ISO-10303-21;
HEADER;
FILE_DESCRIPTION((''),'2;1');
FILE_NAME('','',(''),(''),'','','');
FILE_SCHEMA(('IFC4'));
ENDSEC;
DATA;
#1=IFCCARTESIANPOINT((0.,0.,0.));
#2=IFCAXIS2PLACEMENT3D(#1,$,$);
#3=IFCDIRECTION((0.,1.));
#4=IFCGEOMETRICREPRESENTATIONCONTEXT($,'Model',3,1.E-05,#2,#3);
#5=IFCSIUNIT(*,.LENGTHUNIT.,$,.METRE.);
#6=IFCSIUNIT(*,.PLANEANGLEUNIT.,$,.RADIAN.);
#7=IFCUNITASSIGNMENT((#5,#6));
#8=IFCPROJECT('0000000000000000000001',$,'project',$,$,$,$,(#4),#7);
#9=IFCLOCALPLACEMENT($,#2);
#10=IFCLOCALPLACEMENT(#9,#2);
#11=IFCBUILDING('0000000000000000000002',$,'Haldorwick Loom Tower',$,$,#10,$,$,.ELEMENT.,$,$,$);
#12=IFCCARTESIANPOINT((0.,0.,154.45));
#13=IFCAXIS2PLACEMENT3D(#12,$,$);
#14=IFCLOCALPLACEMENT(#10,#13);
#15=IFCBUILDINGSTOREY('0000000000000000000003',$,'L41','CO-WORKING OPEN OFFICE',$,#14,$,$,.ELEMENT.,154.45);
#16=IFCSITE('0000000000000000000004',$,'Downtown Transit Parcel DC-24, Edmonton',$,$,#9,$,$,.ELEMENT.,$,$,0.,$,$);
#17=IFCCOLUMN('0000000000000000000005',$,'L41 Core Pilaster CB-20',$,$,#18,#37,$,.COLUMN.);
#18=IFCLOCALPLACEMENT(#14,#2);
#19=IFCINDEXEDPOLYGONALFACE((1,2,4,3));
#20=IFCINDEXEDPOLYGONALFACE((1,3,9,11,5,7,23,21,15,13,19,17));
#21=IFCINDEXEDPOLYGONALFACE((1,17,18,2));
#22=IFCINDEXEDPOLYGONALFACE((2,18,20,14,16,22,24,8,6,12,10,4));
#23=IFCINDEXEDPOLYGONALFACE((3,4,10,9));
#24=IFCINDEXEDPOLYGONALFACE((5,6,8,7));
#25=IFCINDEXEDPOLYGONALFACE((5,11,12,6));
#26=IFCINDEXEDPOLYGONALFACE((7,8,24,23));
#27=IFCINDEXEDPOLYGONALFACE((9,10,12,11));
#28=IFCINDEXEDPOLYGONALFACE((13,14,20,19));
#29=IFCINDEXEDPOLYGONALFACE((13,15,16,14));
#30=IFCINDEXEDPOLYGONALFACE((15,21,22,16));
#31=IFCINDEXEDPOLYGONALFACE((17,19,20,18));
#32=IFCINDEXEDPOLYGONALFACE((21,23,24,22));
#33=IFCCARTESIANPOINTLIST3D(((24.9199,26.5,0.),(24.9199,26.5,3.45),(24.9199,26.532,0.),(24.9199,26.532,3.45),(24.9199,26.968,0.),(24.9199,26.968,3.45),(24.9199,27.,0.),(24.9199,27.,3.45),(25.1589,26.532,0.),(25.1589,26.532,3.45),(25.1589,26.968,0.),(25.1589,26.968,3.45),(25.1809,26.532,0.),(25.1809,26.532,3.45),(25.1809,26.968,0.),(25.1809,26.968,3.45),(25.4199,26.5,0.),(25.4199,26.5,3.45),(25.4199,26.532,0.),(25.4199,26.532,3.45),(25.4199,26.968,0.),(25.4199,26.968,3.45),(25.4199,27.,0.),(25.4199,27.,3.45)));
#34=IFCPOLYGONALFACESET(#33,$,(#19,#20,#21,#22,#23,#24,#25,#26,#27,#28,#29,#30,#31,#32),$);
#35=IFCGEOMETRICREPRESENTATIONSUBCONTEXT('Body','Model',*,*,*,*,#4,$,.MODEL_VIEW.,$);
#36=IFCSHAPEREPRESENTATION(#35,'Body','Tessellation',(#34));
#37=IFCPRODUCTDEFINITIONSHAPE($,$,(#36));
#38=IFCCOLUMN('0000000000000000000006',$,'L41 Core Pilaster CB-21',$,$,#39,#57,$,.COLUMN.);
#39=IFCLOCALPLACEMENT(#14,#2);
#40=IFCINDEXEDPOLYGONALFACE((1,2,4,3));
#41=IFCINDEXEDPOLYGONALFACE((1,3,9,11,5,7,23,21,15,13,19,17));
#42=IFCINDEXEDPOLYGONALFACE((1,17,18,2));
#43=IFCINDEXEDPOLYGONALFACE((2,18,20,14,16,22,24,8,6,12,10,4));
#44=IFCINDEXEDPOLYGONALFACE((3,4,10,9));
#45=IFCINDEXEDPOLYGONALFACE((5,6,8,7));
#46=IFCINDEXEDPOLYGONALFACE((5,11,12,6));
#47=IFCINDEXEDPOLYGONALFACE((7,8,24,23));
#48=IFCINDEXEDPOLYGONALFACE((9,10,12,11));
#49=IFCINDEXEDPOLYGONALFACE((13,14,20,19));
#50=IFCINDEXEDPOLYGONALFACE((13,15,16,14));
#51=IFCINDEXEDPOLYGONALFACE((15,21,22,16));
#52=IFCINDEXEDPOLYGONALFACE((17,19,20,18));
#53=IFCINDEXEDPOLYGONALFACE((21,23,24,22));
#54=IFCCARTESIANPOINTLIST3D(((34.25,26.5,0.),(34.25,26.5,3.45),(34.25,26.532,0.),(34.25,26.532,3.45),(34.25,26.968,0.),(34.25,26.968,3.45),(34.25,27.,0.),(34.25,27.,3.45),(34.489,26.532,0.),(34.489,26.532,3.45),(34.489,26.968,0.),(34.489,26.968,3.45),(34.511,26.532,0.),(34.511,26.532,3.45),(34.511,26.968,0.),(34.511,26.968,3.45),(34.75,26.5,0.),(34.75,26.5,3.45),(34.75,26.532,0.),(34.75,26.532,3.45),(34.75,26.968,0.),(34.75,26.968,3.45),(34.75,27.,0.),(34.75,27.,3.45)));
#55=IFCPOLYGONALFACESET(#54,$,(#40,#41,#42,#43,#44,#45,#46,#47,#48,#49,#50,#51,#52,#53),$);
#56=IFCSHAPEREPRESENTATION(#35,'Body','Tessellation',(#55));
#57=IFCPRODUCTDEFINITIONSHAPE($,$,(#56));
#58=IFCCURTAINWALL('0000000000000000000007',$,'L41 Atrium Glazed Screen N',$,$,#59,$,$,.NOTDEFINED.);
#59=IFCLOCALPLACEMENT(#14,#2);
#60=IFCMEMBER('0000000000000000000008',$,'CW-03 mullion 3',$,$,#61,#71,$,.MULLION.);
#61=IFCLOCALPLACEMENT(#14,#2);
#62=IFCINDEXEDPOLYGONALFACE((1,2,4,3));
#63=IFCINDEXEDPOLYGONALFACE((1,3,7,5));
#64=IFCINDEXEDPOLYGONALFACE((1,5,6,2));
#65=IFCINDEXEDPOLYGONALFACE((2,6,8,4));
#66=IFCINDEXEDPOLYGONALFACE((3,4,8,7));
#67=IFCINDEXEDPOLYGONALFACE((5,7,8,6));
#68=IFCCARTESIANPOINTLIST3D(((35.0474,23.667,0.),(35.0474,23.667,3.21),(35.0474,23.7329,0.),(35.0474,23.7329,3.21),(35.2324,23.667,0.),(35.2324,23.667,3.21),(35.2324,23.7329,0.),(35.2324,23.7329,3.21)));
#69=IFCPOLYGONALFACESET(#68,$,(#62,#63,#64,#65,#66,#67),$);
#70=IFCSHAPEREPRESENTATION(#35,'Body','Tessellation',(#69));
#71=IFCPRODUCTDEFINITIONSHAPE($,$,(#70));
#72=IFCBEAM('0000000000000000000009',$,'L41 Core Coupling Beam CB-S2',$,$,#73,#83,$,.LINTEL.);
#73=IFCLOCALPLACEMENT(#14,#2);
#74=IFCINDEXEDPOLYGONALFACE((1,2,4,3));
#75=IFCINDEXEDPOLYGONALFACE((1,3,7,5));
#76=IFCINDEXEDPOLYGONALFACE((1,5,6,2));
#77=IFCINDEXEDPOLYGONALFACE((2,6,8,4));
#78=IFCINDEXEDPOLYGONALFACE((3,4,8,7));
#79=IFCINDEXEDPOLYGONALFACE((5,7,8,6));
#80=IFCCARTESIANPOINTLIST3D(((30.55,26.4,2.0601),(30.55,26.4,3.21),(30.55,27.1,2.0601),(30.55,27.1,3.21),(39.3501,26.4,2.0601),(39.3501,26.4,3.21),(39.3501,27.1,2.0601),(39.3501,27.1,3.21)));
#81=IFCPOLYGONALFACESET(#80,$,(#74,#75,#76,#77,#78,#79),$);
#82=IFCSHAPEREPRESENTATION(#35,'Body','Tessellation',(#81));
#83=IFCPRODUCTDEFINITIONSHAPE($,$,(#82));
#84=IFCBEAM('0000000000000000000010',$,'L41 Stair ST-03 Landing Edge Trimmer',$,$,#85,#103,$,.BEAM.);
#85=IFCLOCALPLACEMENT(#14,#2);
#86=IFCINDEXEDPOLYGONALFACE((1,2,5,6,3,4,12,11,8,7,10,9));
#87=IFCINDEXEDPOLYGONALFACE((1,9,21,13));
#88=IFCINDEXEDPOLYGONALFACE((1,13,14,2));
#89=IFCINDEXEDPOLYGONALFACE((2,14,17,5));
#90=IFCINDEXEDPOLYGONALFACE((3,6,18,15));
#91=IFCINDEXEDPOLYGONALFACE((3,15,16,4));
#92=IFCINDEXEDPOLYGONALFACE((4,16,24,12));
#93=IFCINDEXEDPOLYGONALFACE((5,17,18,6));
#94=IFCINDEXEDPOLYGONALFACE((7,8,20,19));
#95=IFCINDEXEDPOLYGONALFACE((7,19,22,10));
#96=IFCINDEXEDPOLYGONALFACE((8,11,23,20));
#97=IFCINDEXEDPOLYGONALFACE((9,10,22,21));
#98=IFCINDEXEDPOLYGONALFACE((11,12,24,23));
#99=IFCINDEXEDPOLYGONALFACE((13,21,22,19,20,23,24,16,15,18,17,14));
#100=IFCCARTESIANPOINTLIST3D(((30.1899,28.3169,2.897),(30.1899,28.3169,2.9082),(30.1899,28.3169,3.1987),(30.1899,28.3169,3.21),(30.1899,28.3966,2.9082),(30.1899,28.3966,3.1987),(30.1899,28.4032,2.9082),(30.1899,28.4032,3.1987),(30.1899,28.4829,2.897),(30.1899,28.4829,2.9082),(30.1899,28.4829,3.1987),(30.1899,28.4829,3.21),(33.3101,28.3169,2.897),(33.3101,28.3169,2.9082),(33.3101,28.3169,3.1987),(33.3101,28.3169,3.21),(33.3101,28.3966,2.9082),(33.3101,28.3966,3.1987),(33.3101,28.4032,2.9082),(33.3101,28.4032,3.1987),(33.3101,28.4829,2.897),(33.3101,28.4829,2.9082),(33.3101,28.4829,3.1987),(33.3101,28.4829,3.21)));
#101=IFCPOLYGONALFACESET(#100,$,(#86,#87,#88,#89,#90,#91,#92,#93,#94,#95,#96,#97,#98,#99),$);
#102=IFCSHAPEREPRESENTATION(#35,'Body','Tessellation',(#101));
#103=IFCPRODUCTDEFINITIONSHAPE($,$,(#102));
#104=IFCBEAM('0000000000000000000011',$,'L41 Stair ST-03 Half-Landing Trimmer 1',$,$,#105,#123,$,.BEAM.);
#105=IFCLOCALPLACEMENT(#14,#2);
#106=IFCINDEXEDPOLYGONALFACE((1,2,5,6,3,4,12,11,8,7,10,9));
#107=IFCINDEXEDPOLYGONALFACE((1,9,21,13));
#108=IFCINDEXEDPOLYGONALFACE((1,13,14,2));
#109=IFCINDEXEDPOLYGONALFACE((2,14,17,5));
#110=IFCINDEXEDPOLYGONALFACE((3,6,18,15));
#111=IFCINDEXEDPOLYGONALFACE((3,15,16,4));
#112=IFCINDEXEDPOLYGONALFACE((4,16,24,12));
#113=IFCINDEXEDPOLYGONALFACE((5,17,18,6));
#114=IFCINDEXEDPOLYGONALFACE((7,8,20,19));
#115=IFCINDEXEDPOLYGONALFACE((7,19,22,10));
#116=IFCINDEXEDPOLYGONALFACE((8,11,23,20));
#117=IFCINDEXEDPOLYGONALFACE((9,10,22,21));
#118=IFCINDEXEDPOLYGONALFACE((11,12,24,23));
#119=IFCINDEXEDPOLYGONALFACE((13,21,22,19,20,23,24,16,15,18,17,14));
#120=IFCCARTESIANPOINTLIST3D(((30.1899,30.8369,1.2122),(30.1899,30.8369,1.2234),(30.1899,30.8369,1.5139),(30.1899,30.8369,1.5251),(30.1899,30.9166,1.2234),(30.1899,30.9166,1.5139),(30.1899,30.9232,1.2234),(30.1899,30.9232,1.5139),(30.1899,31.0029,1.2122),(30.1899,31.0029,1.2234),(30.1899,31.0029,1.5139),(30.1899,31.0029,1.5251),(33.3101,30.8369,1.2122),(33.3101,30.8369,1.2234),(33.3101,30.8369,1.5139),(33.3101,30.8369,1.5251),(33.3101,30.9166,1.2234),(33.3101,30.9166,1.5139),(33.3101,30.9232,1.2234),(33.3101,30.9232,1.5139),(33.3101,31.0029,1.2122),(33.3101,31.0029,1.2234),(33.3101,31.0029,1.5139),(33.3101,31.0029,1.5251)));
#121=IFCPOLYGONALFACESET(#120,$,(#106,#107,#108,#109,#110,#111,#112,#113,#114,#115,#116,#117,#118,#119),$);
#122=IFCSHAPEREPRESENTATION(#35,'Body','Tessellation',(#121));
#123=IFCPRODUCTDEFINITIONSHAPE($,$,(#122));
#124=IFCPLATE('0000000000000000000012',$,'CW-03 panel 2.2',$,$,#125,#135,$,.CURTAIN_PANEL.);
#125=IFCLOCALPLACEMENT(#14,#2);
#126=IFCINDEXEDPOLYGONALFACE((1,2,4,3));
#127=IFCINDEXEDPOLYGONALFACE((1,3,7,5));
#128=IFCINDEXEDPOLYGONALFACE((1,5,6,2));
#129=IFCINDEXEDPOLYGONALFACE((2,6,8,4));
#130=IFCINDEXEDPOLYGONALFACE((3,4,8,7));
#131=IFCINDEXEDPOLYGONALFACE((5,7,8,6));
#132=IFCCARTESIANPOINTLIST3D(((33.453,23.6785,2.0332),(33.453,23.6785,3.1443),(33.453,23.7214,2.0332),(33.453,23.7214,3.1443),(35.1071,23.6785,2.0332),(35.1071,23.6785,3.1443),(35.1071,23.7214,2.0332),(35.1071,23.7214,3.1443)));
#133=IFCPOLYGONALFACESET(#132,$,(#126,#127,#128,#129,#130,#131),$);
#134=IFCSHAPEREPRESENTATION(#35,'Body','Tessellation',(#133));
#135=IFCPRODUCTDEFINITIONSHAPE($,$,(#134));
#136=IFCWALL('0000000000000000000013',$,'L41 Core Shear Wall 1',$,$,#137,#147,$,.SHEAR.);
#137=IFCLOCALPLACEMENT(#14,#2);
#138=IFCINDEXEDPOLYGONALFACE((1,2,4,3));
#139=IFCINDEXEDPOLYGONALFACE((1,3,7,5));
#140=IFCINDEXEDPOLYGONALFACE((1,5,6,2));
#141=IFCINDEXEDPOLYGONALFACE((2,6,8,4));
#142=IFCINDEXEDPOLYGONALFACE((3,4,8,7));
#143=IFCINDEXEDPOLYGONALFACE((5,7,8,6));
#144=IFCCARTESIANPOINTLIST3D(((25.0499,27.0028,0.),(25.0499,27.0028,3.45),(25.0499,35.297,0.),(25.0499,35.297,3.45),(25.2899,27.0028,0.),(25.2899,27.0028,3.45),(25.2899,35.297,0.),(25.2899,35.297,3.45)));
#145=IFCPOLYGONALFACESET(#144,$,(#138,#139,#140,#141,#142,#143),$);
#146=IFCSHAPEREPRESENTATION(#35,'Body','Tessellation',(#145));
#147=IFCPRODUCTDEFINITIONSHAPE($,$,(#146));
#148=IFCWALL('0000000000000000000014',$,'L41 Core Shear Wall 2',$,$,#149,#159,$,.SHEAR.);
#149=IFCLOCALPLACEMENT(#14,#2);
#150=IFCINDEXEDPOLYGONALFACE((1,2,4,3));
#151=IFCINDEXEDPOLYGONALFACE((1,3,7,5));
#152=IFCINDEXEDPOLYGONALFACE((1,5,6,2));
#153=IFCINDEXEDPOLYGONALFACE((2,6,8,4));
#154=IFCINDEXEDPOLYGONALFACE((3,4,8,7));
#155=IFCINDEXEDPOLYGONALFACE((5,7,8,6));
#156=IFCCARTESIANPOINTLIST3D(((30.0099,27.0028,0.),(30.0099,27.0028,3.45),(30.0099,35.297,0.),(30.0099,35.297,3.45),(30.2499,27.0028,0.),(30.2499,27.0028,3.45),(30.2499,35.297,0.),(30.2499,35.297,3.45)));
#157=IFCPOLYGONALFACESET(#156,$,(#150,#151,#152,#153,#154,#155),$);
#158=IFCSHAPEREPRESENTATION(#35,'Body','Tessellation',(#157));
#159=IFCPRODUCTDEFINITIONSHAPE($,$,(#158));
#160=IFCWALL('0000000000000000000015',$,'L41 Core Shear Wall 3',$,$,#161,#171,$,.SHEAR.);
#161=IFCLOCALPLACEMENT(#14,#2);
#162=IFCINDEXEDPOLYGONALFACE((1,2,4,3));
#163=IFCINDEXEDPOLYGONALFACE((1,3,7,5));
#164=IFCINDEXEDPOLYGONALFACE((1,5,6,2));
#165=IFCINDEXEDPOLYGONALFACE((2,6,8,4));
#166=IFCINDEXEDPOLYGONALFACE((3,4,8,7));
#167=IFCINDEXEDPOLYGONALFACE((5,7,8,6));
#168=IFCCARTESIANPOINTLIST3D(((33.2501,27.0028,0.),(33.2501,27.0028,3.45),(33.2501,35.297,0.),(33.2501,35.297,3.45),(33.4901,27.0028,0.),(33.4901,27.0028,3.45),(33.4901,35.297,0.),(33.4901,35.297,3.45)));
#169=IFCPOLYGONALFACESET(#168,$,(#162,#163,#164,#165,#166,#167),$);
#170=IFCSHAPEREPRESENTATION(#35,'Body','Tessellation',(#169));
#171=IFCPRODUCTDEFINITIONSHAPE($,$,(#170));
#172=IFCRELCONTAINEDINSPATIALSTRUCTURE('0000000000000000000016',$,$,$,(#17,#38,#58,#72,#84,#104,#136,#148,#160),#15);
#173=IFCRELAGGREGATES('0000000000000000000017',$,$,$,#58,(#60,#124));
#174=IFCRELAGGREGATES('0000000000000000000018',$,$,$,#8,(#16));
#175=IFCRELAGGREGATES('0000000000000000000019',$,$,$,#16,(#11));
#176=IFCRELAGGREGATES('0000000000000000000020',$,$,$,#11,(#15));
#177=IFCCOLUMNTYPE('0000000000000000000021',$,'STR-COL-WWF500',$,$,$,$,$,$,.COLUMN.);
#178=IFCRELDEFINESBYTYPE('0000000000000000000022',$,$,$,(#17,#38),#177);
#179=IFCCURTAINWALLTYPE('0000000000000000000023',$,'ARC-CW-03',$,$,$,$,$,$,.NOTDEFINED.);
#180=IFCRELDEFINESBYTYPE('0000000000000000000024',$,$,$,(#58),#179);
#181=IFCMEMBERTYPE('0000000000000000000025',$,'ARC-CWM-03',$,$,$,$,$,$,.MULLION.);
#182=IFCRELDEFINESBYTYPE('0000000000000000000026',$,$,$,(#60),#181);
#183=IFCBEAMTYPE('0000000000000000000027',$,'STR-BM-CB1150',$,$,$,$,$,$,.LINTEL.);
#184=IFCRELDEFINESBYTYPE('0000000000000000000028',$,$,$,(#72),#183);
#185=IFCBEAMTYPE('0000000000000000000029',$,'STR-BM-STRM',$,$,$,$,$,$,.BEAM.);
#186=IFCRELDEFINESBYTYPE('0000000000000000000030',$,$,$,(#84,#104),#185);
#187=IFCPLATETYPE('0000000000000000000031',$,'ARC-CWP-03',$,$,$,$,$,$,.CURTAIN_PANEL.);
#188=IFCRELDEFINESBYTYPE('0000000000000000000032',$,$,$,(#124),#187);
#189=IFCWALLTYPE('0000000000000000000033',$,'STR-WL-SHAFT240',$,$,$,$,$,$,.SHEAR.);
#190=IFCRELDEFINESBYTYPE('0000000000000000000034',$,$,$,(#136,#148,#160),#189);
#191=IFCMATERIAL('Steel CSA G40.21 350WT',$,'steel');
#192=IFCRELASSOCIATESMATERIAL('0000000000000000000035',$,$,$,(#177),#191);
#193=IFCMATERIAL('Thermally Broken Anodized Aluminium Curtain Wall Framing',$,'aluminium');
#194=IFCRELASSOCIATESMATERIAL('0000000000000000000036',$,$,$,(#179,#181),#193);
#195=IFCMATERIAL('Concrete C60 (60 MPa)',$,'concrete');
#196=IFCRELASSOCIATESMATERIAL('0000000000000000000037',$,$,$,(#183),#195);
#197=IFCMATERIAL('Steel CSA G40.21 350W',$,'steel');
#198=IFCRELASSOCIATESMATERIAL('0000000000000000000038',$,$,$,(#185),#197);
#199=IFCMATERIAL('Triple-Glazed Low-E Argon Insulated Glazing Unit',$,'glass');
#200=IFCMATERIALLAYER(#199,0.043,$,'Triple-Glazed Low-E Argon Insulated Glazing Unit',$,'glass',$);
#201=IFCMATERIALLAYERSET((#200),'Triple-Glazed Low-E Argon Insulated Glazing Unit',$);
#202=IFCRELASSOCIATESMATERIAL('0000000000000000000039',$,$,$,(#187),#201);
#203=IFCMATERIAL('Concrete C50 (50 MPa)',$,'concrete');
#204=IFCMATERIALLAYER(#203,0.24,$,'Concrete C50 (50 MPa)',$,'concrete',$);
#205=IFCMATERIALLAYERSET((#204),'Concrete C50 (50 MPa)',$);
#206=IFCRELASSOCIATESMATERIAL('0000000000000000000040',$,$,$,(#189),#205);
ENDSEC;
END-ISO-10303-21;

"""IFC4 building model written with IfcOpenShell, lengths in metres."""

from ifc_helpers import new_model, si_unit, direction, frame, frame_2d, origin, origin_2d, place, context, subcontext, project, spatial, rectangle, i_section, extrude, material, layer, layer_set, material_profile, profile_set, type_object, element, aggregate, save


model = new_model("IFC4")

# Units and contexts
model_context = context("Model", 3, precision=1e-05, world=origin(), true_north=direction((0.0, 1.0)))
body_context = subcontext(model_context, "Body", "Model", "MODEL_VIEW")
ifc_project = project(units=[si_unit("LENGTHUNIT", "METRE"), si_unit("PLANEANGLEUNIT", "RADIAN")], contexts=[model_context])

# Site, building, storey
site_placement = place(None, origin())
site = spatial("IfcSite", under=ifc_project, at=site_placement, Name="Downtown Transit Parcel DC-24, Edmonton", CompositionType="ELEMENT", RefElevation=0.0)
building_placement = place(site_placement, origin())
building = spatial("IfcBuilding", under=site, at=building_placement, Name="Haldorwick Loom Tower", CompositionType="ELEMENT")
storey_placement = place(building_placement, frame((0.0, 0.0, 154.45)))
storey = spatial("IfcBuildingStorey", under=building, at=storey_placement, Name="L41", Description="CO-WORKING OPEN OFFICE", CompositionType="ELEMENT", Elevation=154.45)

# Columns
ifc_material_1 = material(Name="Steel CSA G40.21 350WT", Category="steel")
ifc_material_profile_1 = material_profile(ifc_material_1, i_section(OverallWidth=0.5, OverallDepth=0.5, WebThickness=0.022, FlangeThickness=0.032, at=origin_2d()), Name="WWF500X500", Category="steel")
ifc_profile_set_1 = profile_set([ifc_material_profile_1], Name="Steel CSA G40.21 350WT")
column_type = type_object("IfcColumnType", Name="STR-COL-WWF500", PredefinedType="COLUMN", material=ifc_profile_set_1)
for number, where, z_axis, x_axis, name in (
    (1, (25.1699, 26.75, 0.0), (0.0, 0.0, 1.0), (1.0, 0.0, 0.0), "L41 Core Pilaster CB-20"),
    (2, (34.5, 26.75, 0.0), (0.0, 0.0, 1.0), (1.0, 0.0, 0.0), "L41 Core Pilaster CB-21"),
):
    element("IfcColumn", number, at=place(storey_placement, frame(where, z_axis=z_axis, x_axis=x_axis)), inside=storey, type_object=column_type, Name=name, PredefinedType="COLUMN", context=body_context, shape_type="SweptSolid", body=[
        extrude(i_section(OverallWidth=0.5, OverallDepth=0.5, WebThickness=0.022, FlangeThickness=0.032, at=origin_2d()), origin(), (0.0, 0.0, 1.0), 3.45),
    ])

# Curtain wall, member
ifc_material_2 = material(Name="Thermally Broken Anodized Aluminium Curtain Wall Framing", Category="aluminium")
curtain_wall_type = type_object("IfcCurtainWallType", Name="ARC-CW-03", PredefinedType="NOTDEFINED", material=ifc_material_2)
curtain_wall_placement = place(storey_placement, origin())
curtain_wall = element("IfcCurtainWall", 3, at=curtain_wall_placement, inside=storey, type_object=curtain_wall_type, Name="L41 Atrium Glazed Screen N", PredefinedType="NOTDEFINED")
ifc_material_profile_2 = material_profile(ifc_material_2, rectangle(XDim=0.0659, YDim=0.1851, at=origin_2d()), Name="ALU_MUL_66X185", Category="aluminium")
ifc_profile_set_2 = profile_set([ifc_material_profile_2], Name="Thermally Broken Anodized Aluminium Curtain Wall Framing")
member_type = type_object("IfcMemberType", Name="ARC-CWM-03", PredefinedType="MULLION", material=ifc_profile_set_2)
member_placement = place(storey_placement, frame((35.1399, 23.7, 0.0), z_axis=(0.0, 0.0, 1.0), x_axis=(0.0, 1.0, 0.0)))
member = element("IfcMember", 4, at=member_placement, type_object=member_type, Name="CW-03 mullion 3", PredefinedType="MULLION", context=body_context, shape_type="SweptSolid", body=[
    extrude(rectangle(XDim=0.0659, YDim=0.1851, at=origin_2d()), origin(), (0.0, 0.0, 1.0), 3.21),
])

# Beams
ifc_material_3 = material(Name="Concrete C60 (60 MPa)", Category="concrete")
ifc_material_profile_3 = material_profile(ifc_material_3, rectangle(XDim=0.7, YDim=1.1499, at=origin_2d()), Name="RC700X1150", Category="concrete")
ifc_profile_set_3 = profile_set([ifc_material_profile_3], Name="Concrete C60 (60 MPa)")
beam_type_1 = type_object("IfcBeamType", Name="STR-BM-CB1150", PredefinedType="LINTEL", material=ifc_profile_set_3)
beam_placement = place(storey_placement, frame((30.55, 26.75, 2.635), z_axis=(1.0, 0.0, 0.0), x_axis=(0.0, 1.0, 0.0)))
element("IfcBeam", 5, at=beam_placement, inside=storey, type_object=beam_type_1, Name="L41 Core Coupling Beam CB-S2", PredefinedType="LINTEL", context=body_context, shape_type="SweptSolid", body=[
    extrude(rectangle(XDim=0.7, YDim=1.1499, at=origin_2d()), origin(), (0.0, 0.0, 1.0), 8.8),
])
ifc_material_4 = material(Name="Steel CSA G40.21 350W", Category="steel")
ifc_material_profile_4 = material_profile(ifc_material_4, i_section(OverallWidth=0.166, OverallDepth=0.313, WebThickness=0.0066, FlangeThickness=0.0112, at=origin_2d()), Name="W310X45", Category="steel")
ifc_profile_set_4 = profile_set([ifc_material_profile_4], Name="Steel CSA G40.21 350W")
beam_type_2 = type_object("IfcBeamType", Name="STR-BM-STRM", PredefinedType="BEAM", material=ifc_profile_set_4)
for number, where, z_axis, x_axis, name in (
    (6, (30.1899, 28.3999, 3.0535), (1.0, 0.0, 0.0), (0.0, 1.0, 0.0), "L41 Stair ST-03 Landing Edge Trimmer"),
    (7, (30.1899, 30.9199, 1.3687), (1.0, 0.0, 0.0), (0.0, 1.0, 0.0), "L41 Stair ST-03 Half-Landing Trimmer 1"),
):
    element("IfcBeam", number, at=place(storey_placement, frame(where, z_axis=z_axis, x_axis=x_axis)), inside=storey, type_object=beam_type_2, Name=name, PredefinedType="BEAM", context=body_context, shape_type="SweptSolid", body=[
        extrude(i_section(OverallWidth=0.166, OverallDepth=0.313, WebThickness=0.0066, FlangeThickness=0.0112, at=origin_2d()), origin(), (0.0, 0.0, 1.0), 3.1201),
    ])

# Plate
ifc_material_5 = material(Name="Triple-Glazed Low-E Argon Insulated Glazing Unit", Category="glass")
ifc_layer_1 = layer(ifc_material_5, 0.043, Name="Triple-Glazed Low-E Argon Insulated Glazing Unit", Category="glass")
ifc_layer_set_1 = layer_set([ifc_layer_1], Name="Triple-Glazed Low-E Argon Insulated Glazing Unit")
plate_type = type_object("IfcPlateType", Name="ARC-CWP-03", PredefinedType="CURTAIN_PANEL", material=ifc_layer_set_1)
plate_placement = place(storey_placement, frame((34.28, 23.7, 2.0332), z_axis=(0.0, 0.0, 1.0), x_axis=(1.0, 0.0, 0.0)))
plate = element("IfcPlate", 8, at=plate_placement, type_object=plate_type, Name="CW-03 panel 2.2", PredefinedType="CURTAIN_PANEL", context=body_context, shape_type="SweptSolid", body=[
    extrude(rectangle(XDim=1.6541, YDim=0.043, at=origin_2d()), origin(), (0.0, 0.0, 1.0), 1.1111),
])
aggregate(curtain_wall, [member, plate])

# Walls
ifc_material_6 = material(Name="Concrete C50 (50 MPa)", Category="concrete")
ifc_layer_2 = layer(ifc_material_6, 0.24, Name="Concrete C50 (50 MPa)", Category="concrete")
ifc_layer_set_2 = layer_set([ifc_layer_2], Name="Concrete C50 (50 MPa)")
wall_type = type_object("IfcWallType", Name="STR-WL-SHAFT240", PredefinedType="SHEAR", material=ifc_layer_set_2)
for number, where, z_axis, x_axis, name in (
    (9, (25.1699, 27.0029, 0.0), (0.0, 0.0, 1.0), (0.0, 1.0, 0.0), "L41 Core Shear Wall 1"),
    (10, (30.1299, 27.0029, 0.0), (0.0, 0.0, 1.0), (0.0, 1.0, 0.0), "L41 Core Shear Wall 2"),
    (11, (33.3701, 27.0029, 0.0), (0.0, 0.0, 1.0), (0.0, 1.0, 0.0), "L41 Core Shear Wall 3"),
):
    element("IfcWall", number, at=place(storey_placement, frame(where, z_axis=z_axis, x_axis=x_axis)), inside=storey, type_object=wall_type, Name=name, PredefinedType="SHEAR", context=body_context, shape_type="SweptSolid", body=[
        extrude(rectangle(XDim=8.2942, YDim=0.24, at=frame_2d((4.147, 0.0))), origin(), (0.0, 0.0, 1.0), 3.45),
    ])

save(model, "model.ifc")
